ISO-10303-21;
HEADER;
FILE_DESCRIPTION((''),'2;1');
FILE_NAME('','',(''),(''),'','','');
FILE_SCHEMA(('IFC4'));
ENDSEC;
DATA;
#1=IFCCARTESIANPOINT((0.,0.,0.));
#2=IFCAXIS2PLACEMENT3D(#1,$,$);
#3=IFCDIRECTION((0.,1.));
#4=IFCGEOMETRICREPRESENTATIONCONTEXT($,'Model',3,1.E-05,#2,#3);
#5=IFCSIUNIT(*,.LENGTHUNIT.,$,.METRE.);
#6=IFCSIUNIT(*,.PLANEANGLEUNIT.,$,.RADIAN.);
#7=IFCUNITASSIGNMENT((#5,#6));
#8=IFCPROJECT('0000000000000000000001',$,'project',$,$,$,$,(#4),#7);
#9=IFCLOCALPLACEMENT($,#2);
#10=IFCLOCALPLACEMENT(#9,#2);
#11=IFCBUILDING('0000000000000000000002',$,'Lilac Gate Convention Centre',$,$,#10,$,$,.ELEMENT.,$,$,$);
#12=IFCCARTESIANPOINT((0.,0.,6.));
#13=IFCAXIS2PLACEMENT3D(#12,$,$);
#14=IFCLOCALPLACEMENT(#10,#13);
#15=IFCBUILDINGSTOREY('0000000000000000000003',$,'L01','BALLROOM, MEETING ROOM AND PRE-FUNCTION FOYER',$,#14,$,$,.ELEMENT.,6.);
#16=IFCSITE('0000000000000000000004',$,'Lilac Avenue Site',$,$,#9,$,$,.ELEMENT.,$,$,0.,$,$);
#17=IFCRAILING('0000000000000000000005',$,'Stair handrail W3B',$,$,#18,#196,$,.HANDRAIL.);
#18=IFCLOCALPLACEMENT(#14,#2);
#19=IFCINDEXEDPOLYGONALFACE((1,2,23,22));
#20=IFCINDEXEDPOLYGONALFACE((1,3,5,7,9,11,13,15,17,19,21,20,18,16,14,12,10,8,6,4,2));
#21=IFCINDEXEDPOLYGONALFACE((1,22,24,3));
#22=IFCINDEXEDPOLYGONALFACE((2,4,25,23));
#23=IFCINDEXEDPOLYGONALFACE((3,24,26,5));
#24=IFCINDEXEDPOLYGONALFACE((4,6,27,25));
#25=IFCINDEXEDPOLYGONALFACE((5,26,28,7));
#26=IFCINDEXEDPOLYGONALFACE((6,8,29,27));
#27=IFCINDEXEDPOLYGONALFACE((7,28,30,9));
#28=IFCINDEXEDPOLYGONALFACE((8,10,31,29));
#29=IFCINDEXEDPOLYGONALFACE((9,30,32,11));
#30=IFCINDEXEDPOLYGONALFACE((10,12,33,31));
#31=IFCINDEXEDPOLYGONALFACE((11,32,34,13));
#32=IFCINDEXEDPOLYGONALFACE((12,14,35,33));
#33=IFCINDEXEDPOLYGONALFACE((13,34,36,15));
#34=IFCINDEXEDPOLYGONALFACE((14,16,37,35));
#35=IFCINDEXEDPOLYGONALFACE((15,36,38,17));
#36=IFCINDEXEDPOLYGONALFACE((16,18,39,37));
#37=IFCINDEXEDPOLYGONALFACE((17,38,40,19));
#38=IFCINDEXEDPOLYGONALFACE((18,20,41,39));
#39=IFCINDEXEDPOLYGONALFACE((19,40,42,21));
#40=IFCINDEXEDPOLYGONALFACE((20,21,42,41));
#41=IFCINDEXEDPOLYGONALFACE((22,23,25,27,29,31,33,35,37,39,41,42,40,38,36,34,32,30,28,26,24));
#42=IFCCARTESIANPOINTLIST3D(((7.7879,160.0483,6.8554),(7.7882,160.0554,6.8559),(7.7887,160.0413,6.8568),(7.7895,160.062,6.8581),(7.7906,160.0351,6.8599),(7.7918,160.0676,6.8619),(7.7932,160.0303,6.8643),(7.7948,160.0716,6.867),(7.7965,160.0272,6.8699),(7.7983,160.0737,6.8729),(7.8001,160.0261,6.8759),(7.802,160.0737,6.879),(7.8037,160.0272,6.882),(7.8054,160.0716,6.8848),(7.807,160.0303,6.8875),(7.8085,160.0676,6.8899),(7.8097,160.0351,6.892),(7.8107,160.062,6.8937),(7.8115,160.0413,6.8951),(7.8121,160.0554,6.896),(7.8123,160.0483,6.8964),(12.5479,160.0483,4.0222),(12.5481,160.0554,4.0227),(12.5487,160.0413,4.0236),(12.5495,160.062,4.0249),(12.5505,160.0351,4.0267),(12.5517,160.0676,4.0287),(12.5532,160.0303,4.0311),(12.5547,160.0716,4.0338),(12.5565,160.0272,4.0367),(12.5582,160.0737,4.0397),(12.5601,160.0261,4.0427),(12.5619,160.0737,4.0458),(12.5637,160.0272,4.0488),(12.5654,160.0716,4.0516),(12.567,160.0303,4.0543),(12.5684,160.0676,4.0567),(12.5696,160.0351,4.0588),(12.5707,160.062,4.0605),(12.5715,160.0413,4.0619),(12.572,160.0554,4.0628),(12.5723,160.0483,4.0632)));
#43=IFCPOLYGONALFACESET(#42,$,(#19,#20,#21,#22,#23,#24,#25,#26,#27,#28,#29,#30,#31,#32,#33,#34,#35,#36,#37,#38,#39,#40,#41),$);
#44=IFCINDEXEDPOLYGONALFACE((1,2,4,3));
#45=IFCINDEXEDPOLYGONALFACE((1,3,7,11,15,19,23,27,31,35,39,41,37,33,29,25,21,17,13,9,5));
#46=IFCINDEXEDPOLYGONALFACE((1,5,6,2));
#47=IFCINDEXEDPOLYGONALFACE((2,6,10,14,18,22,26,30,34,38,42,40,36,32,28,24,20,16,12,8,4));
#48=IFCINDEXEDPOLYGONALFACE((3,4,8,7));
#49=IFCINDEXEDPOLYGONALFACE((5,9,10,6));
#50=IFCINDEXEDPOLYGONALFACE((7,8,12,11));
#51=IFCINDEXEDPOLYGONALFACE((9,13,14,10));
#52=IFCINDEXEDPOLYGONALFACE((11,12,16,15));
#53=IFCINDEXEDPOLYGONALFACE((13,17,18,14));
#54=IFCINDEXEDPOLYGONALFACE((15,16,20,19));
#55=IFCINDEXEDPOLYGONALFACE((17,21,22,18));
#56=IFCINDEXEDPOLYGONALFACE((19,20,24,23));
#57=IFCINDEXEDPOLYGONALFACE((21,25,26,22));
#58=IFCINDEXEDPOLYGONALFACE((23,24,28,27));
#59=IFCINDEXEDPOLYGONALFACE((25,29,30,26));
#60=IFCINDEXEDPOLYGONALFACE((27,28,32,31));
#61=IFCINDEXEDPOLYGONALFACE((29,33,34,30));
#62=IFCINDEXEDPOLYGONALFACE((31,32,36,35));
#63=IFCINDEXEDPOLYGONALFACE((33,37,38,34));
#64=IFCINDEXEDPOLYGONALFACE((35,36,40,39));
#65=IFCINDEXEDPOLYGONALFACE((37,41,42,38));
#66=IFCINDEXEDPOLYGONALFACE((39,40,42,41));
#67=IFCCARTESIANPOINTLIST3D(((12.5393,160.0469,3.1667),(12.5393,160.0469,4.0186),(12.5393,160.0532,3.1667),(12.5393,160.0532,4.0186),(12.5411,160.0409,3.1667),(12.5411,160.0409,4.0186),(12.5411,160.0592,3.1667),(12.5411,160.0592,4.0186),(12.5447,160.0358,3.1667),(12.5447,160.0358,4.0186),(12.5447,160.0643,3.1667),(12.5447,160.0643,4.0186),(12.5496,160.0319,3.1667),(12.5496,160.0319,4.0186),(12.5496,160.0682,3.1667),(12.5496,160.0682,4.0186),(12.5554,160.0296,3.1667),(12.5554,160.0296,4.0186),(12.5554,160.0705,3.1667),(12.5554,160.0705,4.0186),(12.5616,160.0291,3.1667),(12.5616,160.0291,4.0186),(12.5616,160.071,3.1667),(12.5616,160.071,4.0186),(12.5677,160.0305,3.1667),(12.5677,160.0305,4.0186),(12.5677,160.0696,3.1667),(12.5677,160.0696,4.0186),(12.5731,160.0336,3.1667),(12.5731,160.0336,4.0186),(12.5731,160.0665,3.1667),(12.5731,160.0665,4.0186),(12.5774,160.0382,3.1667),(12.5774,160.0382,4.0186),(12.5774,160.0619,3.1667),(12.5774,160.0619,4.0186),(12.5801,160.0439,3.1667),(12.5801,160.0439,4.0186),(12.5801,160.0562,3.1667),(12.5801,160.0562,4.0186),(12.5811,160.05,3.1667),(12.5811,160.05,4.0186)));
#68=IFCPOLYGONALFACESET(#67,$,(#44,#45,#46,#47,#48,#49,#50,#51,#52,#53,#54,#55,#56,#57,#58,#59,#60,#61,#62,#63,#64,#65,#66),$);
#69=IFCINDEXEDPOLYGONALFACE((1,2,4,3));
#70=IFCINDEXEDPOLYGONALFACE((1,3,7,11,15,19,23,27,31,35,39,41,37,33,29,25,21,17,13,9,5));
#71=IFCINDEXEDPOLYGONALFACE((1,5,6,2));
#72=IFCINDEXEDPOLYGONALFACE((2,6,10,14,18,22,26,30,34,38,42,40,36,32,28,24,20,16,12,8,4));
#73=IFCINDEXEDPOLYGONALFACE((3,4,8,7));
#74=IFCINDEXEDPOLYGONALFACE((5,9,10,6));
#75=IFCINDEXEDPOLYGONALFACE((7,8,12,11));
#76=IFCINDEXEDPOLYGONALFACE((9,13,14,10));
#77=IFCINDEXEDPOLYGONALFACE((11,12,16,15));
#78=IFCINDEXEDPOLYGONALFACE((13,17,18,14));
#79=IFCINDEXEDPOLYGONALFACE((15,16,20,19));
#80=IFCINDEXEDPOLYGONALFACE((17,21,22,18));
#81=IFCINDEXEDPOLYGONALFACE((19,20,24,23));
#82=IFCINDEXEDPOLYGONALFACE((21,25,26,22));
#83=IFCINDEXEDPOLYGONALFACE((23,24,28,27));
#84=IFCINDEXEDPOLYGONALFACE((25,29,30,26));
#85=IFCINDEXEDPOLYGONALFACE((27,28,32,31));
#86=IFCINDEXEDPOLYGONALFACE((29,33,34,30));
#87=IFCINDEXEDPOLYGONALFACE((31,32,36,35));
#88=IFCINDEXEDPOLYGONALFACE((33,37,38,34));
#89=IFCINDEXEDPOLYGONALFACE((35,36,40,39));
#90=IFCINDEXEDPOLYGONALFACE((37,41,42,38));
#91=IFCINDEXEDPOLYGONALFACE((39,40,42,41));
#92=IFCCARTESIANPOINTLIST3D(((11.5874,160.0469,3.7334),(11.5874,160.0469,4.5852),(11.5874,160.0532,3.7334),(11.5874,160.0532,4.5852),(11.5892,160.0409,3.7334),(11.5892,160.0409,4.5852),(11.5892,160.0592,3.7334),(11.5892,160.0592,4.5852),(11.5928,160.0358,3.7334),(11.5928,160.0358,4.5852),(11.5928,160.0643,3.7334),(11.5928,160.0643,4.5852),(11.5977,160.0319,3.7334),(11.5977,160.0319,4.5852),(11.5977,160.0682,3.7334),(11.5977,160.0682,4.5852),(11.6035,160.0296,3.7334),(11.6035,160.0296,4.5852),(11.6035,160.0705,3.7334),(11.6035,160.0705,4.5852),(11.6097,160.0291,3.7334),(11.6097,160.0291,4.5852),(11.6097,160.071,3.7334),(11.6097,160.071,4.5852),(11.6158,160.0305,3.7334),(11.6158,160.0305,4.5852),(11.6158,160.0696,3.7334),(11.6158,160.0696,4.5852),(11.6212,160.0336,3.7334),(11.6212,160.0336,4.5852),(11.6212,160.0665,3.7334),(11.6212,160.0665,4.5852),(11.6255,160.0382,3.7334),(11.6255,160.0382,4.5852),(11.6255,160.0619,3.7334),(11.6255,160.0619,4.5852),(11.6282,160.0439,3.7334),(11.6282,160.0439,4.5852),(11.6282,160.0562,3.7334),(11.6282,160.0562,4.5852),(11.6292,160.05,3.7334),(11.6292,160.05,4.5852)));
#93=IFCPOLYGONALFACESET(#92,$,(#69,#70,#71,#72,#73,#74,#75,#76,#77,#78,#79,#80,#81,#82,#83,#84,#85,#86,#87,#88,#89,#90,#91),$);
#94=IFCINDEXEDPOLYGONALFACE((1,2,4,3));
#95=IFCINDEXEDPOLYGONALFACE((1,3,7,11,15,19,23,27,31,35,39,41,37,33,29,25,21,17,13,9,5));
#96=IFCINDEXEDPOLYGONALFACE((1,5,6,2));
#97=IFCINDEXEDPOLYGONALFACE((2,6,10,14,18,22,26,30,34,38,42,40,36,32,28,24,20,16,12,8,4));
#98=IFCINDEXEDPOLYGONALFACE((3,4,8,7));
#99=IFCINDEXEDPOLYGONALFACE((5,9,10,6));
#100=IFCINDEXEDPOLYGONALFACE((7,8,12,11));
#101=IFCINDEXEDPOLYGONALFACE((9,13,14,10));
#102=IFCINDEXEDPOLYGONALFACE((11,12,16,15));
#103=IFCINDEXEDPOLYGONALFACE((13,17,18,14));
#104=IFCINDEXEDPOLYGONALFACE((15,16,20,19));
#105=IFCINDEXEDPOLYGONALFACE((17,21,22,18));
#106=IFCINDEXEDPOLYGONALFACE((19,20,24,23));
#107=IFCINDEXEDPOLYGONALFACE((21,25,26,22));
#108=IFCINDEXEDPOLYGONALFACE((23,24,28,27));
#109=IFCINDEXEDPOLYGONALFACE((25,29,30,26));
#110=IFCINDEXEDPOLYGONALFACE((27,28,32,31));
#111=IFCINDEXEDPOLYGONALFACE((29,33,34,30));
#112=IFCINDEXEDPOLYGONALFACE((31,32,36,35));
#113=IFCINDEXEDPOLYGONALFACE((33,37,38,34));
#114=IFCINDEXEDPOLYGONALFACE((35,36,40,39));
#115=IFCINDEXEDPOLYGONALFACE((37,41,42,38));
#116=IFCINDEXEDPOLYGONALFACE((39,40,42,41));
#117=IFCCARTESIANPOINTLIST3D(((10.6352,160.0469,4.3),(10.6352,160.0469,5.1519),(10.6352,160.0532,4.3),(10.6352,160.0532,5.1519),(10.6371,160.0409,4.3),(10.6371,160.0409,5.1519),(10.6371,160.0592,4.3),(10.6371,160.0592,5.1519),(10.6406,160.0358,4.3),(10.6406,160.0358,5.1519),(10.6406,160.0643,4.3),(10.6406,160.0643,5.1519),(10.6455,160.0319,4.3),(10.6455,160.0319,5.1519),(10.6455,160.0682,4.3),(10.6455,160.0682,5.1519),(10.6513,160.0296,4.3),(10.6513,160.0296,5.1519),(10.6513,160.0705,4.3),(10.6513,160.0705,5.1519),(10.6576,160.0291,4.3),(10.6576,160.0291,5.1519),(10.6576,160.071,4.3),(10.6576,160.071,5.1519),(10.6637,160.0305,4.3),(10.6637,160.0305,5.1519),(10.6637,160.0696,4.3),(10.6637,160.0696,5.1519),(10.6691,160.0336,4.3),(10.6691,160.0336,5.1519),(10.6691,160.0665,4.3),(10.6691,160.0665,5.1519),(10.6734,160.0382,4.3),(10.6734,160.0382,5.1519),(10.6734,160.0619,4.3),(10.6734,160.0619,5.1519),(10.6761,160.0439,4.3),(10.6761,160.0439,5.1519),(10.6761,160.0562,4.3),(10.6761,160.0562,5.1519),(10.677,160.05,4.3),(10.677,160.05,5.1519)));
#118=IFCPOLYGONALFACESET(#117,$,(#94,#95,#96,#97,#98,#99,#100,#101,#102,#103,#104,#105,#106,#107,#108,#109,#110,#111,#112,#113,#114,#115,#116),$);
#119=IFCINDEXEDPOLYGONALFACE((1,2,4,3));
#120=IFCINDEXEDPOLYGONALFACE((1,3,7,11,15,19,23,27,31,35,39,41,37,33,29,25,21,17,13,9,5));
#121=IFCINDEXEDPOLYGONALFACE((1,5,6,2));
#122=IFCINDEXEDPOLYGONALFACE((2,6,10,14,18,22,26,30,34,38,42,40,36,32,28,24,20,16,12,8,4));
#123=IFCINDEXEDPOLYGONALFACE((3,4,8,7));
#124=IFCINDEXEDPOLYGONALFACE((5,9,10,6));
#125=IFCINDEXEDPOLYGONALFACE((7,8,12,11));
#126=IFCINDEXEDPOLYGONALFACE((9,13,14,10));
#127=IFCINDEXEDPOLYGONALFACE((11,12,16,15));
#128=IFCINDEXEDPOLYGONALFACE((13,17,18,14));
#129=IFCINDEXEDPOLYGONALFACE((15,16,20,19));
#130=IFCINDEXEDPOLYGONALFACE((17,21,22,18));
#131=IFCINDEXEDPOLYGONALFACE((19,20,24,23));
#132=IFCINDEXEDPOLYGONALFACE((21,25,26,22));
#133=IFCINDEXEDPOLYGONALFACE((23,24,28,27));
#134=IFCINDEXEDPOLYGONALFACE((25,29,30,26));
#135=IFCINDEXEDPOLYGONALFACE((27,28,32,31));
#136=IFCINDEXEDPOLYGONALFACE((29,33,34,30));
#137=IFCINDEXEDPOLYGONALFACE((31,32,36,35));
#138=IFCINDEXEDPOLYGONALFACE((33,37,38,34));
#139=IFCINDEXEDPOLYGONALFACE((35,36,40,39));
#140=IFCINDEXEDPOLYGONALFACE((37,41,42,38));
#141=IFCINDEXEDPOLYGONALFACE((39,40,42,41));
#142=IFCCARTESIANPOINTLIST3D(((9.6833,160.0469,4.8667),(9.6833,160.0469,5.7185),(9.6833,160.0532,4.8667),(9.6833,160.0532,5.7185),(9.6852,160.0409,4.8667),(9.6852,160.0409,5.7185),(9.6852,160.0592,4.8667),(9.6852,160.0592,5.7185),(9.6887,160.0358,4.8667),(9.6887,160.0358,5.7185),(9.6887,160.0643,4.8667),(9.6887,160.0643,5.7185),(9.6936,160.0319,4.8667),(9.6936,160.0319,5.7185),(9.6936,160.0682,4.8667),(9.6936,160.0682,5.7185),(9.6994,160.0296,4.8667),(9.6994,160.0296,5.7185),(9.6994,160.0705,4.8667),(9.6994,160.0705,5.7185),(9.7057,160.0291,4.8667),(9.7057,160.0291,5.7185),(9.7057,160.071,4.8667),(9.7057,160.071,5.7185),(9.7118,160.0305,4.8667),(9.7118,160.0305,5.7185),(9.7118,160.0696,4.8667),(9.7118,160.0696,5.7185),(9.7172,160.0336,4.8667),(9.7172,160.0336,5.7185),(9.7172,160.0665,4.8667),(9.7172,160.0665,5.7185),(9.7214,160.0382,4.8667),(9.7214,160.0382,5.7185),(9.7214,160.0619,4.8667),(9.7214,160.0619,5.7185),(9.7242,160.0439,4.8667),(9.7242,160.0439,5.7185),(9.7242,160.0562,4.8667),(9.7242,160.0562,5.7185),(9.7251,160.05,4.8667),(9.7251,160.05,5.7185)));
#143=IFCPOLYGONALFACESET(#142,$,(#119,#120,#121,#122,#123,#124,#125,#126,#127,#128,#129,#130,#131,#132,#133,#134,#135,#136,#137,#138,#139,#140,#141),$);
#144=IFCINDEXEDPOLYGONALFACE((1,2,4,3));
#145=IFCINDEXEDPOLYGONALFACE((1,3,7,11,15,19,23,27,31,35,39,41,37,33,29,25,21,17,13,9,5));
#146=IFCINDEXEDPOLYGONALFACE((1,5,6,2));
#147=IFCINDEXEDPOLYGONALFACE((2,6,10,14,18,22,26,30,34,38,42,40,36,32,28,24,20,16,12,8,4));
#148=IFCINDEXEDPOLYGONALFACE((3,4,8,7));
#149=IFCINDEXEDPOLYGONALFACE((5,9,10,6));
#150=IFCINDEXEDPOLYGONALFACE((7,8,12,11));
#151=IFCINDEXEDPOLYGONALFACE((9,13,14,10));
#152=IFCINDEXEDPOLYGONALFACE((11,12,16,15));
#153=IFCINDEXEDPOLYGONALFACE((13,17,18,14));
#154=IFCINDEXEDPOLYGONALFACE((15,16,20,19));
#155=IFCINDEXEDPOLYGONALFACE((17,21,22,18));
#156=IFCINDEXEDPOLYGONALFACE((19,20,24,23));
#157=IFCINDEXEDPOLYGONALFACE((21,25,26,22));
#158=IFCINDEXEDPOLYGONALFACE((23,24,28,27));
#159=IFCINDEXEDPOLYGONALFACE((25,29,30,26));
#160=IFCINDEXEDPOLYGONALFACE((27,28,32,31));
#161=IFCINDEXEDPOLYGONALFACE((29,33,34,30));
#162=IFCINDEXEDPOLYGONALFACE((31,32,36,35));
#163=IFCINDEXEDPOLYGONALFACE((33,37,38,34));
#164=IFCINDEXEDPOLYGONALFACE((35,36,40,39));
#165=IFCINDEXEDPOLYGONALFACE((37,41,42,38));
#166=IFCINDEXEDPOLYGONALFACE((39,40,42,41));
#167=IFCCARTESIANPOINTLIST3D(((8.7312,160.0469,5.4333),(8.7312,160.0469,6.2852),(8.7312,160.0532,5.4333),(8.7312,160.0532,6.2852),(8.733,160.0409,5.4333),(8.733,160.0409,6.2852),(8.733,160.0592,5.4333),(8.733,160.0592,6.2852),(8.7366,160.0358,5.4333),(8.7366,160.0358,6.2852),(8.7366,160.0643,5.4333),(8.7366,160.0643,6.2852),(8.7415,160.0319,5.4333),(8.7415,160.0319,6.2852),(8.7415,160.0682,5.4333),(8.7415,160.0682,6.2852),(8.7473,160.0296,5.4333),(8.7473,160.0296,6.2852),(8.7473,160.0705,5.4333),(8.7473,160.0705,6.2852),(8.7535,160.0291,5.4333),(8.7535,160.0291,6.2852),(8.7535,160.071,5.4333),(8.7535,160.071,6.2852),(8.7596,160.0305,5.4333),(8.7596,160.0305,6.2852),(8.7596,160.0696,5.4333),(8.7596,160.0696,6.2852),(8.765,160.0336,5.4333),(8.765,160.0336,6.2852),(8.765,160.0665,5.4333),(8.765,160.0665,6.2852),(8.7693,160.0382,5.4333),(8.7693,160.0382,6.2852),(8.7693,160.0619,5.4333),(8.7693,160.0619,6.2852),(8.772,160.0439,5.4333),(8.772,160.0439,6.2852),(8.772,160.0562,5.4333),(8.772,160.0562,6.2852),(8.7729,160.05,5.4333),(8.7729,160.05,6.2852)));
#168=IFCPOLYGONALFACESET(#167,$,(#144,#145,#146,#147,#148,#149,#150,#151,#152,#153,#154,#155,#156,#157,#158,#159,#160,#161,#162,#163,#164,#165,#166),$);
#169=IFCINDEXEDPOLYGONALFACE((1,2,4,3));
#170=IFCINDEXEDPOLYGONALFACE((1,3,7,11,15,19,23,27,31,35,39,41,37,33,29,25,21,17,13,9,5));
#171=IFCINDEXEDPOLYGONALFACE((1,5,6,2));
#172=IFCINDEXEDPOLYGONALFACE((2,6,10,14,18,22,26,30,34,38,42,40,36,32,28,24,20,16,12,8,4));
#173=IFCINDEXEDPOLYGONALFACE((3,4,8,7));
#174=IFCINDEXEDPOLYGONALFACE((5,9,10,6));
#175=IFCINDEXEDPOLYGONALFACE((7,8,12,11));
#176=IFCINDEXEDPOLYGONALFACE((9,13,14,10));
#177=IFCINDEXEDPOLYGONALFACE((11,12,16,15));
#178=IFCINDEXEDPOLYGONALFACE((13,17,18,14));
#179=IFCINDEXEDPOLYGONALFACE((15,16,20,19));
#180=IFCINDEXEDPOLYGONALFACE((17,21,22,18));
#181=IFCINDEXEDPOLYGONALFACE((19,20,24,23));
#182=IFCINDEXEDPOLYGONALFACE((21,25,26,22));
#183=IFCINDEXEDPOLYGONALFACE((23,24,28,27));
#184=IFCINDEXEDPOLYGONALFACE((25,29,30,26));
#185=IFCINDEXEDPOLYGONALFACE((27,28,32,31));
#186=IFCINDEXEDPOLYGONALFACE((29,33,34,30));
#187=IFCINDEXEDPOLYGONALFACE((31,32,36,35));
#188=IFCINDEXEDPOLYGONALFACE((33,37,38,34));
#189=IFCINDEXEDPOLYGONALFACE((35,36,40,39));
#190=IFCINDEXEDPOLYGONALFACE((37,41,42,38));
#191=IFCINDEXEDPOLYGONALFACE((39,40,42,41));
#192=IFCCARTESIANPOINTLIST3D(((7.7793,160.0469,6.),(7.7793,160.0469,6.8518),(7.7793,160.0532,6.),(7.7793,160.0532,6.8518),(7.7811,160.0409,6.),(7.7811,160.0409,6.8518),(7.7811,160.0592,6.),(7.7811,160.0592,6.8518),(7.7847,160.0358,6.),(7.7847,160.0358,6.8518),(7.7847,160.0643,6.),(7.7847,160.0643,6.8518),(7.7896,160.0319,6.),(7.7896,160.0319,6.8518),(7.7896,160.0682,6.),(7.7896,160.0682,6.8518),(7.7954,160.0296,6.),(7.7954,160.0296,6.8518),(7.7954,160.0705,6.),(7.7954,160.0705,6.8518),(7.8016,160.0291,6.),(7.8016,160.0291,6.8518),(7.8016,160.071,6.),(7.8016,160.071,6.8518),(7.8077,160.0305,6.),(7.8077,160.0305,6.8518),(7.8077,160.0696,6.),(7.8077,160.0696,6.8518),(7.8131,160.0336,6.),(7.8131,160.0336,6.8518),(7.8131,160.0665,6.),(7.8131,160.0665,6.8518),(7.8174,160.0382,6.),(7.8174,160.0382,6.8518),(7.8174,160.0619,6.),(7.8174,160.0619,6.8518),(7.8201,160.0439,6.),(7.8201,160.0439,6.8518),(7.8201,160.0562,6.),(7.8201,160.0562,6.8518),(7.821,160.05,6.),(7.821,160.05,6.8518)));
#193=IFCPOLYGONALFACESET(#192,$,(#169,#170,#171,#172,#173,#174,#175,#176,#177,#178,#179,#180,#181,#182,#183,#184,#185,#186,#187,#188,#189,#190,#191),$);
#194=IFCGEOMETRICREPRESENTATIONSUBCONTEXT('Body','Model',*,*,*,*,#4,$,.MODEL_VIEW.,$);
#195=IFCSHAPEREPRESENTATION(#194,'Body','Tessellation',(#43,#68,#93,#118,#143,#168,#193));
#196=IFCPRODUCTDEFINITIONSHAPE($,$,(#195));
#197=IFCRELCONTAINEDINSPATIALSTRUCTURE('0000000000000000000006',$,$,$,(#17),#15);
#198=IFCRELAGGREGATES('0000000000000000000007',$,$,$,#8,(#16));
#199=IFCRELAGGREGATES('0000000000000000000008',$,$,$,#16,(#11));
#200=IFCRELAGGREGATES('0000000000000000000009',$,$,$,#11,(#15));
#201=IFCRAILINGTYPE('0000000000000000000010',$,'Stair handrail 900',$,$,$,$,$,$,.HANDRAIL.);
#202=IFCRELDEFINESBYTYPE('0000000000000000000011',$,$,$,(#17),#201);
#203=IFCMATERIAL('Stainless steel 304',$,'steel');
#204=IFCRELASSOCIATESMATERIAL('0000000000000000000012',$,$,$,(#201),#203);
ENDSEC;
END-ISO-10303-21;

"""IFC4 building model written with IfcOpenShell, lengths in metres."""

from ifc_helpers import new_model, si_unit, direction, frame, origin, origin_2d, place, context, subcontext, project, spatial, circle, extrude, material, type_object, element, save


model = new_model("IFC4")

# Units and contexts
model_context = context("Model", 3, precision=1e-05, world=origin(), true_north=direction((0.0, 1.0)))
body_context = subcontext(model_context, "Body", "Model", "MODEL_VIEW")
ifc_project = project(units=[si_unit("LENGTHUNIT", "METRE"), si_unit("PLANEANGLEUNIT", "RADIAN")], contexts=[model_context])

# Site, building, storey
site_placement = place(None, origin())
site = spatial("IfcSite", under=ifc_project, at=site_placement, Name="Lilac Avenue Site", CompositionType="ELEMENT", RefElevation=0.0)
building_placement = place(site_placement, origin())
building = spatial("IfcBuilding", under=site, at=building_placement, Name="Lilac Gate Convention Centre", CompositionType="ELEMENT")
storey_placement = place(building_placement, frame((0.0, 0.0, 6.0)))
storey = spatial("IfcBuildingStorey", under=building, at=storey_placement, Name="L01", Description="BALLROOM, MEETING ROOM AND PRE-FUNCTION FOYER", CompositionType="ELEMENT", Elevation=6.0)

# Railing
ifc_material_1 = material(Name="Stainless steel 304", Category="steel")
railing_type = type_object("IfcRailingType", Name="Stair handrail 900", PredefinedType="HANDRAIL", material=ifc_material_1)
for number, where, name in (
    (1, (12.5601, 160.05, 3.1667), "Stair handrail W3B"),
):
    element("IfcRailing", number, at=place(storey_placement, frame(where)), inside=storey, type_object=railing_type, Name=name, PredefinedType="HANDRAIL", context=body_context, shape_type="SweptSolid", body=[
        extrude(circle(Radius=0.0239, at=origin_2d()), frame((0.0, 0.0, 0.876), z_axis=(-0.8593, 0.0, 0.511472), x_axis=(0.0, -1.0, 0.0)), (0.0, 0.0, 1.0), 5.5393),
        extrude(circle(Radius=0.021, at=origin_2d()), origin(), (0.0, 0.0, 1.0), 0.8518),
        extrude(circle(Radius=0.021, at=origin_2d()), frame((-0.9519, 0.0, 0.5667)), (0.0, 0.0, 1.0), 0.8518),
        extrude(circle(Radius=0.021, at=origin_2d()), frame((-1.9041, 0.0, 1.1333)), (0.0, 0.0, 1.0), 0.8518),
        extrude(circle(Radius=0.021, at=origin_2d()), frame((-2.856, 0.0, 1.7)), (0.0, 0.0, 1.0), 0.8518),
        extrude(circle(Radius=0.021, at=origin_2d()), frame((-3.8081, 0.0, 2.2666)), (0.0, 0.0, 1.0), 0.8518),
        extrude(circle(Radius=0.021, at=origin_2d()), frame((-4.76, 0.0, 2.8333)), (0.0, 0.0, 1.0), 0.8518),
    ])

save(model, "model.ifc")
